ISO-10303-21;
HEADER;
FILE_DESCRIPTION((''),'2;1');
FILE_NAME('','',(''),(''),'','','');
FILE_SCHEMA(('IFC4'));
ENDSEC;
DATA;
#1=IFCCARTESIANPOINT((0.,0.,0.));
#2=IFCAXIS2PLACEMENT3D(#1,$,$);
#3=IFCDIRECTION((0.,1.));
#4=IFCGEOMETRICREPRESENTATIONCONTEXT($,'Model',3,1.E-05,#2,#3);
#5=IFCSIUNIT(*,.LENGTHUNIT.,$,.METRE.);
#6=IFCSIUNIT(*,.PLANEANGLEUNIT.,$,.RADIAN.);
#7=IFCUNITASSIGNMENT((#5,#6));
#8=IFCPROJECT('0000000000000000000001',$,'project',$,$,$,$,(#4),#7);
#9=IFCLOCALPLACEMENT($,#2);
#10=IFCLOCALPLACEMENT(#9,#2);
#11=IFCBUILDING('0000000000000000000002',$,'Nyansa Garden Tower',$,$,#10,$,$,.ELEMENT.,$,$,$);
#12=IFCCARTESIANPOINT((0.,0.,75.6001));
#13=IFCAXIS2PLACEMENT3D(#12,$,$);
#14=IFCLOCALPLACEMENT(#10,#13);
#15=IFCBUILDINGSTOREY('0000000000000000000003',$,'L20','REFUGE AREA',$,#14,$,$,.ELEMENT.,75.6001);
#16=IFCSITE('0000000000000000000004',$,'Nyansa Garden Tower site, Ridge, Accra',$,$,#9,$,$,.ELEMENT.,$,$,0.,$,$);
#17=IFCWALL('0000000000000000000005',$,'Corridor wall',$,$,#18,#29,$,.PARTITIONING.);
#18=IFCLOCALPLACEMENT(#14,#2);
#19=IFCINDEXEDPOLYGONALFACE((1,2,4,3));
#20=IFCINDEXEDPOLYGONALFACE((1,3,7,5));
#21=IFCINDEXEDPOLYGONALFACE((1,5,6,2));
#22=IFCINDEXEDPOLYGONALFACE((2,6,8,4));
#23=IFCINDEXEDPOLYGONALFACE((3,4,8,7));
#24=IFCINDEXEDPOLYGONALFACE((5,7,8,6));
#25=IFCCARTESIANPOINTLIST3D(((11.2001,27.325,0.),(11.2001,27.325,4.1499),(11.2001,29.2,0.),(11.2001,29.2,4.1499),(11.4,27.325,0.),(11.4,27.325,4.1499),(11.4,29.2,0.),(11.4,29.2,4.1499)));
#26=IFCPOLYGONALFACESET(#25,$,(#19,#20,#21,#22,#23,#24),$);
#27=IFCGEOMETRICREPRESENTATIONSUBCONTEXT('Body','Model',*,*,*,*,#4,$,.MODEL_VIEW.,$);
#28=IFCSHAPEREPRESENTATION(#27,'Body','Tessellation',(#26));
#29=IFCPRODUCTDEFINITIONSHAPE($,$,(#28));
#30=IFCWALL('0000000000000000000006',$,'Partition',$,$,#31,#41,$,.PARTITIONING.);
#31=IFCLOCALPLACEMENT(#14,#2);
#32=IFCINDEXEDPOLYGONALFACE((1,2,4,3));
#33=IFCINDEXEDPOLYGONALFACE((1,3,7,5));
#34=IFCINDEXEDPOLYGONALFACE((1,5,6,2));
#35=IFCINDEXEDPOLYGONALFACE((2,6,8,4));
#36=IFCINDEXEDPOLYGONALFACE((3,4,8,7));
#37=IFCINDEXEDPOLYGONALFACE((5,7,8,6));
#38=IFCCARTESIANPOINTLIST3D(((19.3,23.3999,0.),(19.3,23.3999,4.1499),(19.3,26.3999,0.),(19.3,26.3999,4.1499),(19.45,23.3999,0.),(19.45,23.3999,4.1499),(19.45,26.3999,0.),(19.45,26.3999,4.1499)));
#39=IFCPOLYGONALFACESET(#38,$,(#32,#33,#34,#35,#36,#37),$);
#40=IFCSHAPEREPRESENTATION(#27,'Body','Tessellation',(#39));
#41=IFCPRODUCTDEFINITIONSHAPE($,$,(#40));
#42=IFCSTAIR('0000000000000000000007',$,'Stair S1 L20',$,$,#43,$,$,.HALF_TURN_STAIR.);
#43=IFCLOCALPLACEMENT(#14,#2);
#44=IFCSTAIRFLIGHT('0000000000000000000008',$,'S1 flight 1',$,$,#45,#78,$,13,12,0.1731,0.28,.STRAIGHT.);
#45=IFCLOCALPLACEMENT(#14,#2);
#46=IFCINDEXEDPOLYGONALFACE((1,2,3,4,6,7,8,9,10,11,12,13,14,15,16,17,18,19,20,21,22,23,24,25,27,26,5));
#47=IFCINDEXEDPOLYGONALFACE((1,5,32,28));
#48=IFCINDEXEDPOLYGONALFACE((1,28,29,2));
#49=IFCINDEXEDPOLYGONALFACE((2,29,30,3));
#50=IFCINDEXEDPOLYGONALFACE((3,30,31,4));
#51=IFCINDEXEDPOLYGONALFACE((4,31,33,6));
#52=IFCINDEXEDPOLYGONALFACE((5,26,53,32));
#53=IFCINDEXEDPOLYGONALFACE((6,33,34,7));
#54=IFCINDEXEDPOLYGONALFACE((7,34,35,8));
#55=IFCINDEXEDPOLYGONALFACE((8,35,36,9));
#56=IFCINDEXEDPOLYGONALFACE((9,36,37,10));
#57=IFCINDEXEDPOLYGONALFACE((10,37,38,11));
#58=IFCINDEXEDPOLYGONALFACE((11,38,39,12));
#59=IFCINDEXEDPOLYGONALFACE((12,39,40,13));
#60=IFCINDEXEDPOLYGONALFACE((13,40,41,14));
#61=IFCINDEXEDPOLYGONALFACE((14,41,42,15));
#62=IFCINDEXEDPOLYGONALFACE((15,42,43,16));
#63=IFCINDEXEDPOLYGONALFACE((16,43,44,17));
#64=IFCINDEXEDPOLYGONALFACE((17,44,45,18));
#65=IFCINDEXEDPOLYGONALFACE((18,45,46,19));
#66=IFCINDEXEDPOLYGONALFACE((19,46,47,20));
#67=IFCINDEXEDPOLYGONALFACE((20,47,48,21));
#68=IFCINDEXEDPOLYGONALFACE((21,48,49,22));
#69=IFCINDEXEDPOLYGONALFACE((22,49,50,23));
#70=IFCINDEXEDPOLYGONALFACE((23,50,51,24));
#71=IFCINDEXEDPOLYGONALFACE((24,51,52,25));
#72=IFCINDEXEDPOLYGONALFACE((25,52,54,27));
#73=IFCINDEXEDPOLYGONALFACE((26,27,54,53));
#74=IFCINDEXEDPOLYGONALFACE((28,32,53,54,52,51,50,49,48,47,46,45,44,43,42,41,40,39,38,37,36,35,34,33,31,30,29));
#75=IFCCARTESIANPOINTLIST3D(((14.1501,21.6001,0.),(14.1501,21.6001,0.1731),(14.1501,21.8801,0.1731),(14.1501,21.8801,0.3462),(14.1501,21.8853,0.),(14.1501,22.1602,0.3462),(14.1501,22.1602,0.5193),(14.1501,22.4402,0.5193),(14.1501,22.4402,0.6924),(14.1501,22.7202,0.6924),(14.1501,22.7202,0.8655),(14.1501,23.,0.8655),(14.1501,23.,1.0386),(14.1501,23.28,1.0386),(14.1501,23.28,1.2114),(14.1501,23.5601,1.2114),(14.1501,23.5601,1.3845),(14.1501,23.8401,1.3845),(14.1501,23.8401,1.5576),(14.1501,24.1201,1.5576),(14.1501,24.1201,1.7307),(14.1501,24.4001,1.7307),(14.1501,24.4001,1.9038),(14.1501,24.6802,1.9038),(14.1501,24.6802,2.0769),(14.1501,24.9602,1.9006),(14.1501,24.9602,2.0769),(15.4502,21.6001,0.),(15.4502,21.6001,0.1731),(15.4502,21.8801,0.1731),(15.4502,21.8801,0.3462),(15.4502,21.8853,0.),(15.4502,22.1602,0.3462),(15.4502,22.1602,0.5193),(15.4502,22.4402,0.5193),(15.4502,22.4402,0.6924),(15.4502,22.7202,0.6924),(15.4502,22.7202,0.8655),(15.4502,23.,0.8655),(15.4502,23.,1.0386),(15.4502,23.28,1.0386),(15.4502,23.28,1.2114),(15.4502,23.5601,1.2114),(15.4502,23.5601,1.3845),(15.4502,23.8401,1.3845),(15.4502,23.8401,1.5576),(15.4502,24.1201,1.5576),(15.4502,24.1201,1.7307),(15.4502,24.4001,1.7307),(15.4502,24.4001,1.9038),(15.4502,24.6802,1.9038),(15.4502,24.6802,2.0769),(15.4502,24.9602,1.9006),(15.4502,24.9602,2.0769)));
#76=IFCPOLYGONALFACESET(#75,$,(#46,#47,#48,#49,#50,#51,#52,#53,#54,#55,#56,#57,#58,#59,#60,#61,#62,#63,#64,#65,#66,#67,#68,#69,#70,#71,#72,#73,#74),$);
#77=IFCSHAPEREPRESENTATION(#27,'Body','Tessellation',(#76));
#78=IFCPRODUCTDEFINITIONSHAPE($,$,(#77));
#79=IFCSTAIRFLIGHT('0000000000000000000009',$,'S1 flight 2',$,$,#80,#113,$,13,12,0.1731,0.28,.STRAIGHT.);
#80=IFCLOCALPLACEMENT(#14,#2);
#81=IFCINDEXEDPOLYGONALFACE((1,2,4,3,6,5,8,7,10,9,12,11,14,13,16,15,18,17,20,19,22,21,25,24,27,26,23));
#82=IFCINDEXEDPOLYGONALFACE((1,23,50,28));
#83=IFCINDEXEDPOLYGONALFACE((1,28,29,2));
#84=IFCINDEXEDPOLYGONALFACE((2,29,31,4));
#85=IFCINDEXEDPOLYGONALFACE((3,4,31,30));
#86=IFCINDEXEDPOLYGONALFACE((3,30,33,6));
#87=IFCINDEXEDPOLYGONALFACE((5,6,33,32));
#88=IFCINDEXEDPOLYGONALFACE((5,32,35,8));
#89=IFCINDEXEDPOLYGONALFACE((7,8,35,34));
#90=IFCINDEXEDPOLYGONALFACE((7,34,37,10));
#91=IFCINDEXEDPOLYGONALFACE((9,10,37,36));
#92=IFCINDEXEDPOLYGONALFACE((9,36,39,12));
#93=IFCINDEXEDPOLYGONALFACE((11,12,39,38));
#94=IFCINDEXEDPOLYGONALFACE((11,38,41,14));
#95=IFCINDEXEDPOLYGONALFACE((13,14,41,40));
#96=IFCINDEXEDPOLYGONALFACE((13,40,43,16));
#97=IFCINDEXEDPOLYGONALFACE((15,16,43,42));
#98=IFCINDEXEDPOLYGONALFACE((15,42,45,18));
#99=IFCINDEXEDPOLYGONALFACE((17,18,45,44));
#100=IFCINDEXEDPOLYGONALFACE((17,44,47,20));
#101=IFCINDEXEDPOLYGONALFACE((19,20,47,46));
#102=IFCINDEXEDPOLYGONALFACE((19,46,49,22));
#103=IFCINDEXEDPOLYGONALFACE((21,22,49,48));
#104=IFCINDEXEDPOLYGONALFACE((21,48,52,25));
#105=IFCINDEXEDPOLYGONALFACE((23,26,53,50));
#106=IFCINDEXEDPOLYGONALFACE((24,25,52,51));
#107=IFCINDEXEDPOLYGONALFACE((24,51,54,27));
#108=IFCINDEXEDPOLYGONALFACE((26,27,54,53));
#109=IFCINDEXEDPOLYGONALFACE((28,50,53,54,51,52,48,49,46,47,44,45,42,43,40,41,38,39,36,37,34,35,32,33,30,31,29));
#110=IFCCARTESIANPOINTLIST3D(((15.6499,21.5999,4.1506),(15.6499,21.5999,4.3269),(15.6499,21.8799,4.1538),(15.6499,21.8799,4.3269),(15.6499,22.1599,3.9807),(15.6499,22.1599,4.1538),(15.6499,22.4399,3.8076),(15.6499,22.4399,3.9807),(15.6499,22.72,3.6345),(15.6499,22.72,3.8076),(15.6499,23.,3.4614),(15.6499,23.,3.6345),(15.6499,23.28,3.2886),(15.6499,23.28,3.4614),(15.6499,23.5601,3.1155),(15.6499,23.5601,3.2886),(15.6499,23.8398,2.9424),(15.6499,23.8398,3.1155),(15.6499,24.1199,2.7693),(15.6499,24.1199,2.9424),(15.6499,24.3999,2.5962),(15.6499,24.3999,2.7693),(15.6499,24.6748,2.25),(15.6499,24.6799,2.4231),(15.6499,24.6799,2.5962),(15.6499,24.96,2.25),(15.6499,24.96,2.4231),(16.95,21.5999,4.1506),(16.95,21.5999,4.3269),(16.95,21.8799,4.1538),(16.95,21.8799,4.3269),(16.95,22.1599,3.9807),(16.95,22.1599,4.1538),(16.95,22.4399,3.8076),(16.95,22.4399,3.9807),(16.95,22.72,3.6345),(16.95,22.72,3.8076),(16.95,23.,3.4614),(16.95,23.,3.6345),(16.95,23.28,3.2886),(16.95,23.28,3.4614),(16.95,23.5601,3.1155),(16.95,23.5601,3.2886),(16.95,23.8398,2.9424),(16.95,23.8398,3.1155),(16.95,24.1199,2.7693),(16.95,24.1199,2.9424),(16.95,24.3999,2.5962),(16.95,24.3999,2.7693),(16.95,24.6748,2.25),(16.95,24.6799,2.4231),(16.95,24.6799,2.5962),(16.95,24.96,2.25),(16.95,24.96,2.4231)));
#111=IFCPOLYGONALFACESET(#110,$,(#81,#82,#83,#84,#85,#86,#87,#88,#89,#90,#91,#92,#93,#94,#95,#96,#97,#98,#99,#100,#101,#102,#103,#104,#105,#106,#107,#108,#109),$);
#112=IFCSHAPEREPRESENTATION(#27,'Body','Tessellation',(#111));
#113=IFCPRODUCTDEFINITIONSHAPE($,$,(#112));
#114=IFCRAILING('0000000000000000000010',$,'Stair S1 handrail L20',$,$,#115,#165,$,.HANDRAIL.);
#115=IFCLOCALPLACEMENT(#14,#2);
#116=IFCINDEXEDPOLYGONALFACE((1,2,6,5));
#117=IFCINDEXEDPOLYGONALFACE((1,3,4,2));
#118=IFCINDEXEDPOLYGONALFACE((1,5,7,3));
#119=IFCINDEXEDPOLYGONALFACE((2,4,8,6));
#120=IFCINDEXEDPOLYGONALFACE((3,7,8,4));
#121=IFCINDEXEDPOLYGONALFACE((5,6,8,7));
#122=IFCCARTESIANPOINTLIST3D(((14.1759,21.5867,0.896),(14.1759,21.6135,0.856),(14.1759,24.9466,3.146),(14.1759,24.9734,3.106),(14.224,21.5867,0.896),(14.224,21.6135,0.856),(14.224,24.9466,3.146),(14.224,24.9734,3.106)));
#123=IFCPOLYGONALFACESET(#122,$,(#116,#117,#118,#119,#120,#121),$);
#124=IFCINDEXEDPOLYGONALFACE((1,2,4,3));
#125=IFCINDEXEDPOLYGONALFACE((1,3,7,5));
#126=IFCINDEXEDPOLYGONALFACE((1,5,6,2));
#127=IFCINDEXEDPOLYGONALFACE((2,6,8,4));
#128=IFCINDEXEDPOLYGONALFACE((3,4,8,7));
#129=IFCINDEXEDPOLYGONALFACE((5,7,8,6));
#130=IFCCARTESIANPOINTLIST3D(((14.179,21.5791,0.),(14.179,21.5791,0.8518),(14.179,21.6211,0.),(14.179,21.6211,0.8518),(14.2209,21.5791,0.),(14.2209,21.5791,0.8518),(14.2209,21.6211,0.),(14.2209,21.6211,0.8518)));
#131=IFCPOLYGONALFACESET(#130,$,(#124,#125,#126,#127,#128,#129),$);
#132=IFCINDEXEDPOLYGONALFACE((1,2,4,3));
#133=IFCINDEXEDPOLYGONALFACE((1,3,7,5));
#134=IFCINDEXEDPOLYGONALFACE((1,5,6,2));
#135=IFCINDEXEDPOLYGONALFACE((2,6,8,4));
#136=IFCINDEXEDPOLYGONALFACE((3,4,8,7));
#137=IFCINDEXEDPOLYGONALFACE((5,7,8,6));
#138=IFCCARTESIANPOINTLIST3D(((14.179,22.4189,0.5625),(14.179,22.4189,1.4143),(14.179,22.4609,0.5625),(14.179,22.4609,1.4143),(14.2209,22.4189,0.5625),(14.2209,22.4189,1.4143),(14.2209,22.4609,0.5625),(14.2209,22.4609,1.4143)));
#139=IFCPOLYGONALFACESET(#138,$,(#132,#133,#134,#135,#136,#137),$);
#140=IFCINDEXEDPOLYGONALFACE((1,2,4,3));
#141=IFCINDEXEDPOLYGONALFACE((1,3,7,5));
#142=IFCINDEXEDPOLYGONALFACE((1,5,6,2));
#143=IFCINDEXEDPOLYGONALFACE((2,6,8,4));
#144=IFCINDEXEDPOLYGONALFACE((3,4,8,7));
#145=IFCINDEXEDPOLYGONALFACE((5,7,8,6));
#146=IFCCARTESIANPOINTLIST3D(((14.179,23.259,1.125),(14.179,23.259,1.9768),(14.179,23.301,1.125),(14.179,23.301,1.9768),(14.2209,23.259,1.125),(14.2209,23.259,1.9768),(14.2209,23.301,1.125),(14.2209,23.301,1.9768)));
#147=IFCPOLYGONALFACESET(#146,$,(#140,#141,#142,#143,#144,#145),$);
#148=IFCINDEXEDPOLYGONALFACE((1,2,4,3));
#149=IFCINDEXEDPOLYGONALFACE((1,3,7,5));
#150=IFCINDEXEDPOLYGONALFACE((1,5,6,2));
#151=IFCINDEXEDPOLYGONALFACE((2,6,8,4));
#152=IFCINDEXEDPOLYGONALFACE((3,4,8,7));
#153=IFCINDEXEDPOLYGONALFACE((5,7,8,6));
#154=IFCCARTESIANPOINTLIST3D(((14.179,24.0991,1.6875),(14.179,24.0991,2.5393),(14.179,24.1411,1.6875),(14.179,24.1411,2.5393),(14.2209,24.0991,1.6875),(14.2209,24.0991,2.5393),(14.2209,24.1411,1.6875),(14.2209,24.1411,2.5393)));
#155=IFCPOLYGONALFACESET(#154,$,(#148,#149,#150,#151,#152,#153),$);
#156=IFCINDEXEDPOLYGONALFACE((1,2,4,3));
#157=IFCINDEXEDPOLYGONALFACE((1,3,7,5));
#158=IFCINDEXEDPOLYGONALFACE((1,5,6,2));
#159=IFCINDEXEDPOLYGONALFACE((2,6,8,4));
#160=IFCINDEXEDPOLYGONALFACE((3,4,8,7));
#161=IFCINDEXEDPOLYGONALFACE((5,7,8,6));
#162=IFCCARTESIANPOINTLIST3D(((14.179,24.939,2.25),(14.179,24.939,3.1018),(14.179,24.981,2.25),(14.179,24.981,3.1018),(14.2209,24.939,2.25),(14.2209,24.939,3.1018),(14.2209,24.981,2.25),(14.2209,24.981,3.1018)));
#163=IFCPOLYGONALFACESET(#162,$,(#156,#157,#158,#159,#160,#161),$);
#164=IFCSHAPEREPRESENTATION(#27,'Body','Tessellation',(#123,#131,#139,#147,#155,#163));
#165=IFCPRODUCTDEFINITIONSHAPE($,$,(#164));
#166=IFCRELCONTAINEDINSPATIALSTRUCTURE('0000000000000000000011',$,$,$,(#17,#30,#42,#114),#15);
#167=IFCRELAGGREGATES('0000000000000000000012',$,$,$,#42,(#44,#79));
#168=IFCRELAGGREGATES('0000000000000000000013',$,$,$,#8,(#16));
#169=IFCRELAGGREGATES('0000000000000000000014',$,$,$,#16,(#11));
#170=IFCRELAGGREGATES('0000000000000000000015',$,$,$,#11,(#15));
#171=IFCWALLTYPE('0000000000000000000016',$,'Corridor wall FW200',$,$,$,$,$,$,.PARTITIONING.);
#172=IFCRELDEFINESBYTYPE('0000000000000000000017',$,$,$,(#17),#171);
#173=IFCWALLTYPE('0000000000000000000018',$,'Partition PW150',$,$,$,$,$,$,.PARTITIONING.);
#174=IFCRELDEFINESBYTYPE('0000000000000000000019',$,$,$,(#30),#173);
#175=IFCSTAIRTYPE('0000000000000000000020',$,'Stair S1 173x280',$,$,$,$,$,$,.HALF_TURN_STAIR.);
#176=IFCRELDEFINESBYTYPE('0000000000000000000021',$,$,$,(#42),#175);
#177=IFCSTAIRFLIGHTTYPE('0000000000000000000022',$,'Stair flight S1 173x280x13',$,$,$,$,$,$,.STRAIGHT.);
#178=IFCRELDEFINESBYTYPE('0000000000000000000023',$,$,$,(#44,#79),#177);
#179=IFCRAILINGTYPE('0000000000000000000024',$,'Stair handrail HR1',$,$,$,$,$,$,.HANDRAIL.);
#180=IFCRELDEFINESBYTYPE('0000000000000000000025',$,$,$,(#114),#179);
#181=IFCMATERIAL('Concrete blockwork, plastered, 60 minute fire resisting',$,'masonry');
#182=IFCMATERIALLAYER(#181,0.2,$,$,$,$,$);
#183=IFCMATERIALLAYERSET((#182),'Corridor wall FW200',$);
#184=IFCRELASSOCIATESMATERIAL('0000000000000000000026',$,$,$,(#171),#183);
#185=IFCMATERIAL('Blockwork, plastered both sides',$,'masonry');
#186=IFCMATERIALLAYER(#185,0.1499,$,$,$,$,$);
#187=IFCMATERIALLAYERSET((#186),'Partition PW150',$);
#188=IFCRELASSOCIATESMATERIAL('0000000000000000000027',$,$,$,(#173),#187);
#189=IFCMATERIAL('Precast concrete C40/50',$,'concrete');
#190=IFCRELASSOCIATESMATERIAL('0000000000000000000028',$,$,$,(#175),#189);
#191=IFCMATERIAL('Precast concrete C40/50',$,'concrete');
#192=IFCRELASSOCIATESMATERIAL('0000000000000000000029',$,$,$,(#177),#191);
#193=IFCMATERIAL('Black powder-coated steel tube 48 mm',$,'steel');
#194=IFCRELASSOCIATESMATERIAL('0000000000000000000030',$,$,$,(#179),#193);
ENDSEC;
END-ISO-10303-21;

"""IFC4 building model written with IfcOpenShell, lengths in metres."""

from ifc_helpers import new_model, si_unit, direction, frame, frame_2d, origin, origin_2d, place, context, subcontext, project, spatial, polyline, rectangle, outline, extrude, material, layer, layer_set, type_object, element, aggregate, save


model = new_model("IFC4")

# Units and contexts
model_context = context("Model", 3, precision=1e-05, world=origin(), true_north=direction((0.0, 1.0)))
body_context = subcontext(model_context, "Body", "Model", "MODEL_VIEW")
ifc_project = project(units=[si_unit("LENGTHUNIT", "METRE"), si_unit("PLANEANGLEUNIT", "RADIAN")], contexts=[model_context])

# Site, building, storey
site_placement = place(None, origin())
site = spatial("IfcSite", under=ifc_project, at=site_placement, Name="Nyansa Garden Tower site, Ridge, Accra", CompositionType="ELEMENT", RefElevation=0.0)
building_placement = place(site_placement, origin())
building = spatial("IfcBuilding", under=site, at=building_placement, Name="Nyansa Garden Tower", CompositionType="ELEMENT")
storey_placement = place(building_placement, frame((0.0, 0.0, 75.6001)))
storey = spatial("IfcBuildingStorey", under=building, at=storey_placement, Name="L20", Description="REFUGE AREA", CompositionType="ELEMENT", Elevation=75.6001)

# Walls
ifc_material_1 = material(Name="Concrete blockwork, plastered, 60 minute fire resisting", Category="masonry")
ifc_layer_1 = layer(ifc_material_1, 0.2)
ifc_layer_set_1 = layer_set([ifc_layer_1], Name="Corridor wall FW200")
wall_type_1 = type_object("IfcWallType", Name="Corridor wall FW200", PredefinedType="PARTITIONING", material=ifc_layer_set_1)
wall_1_placement = place(storey_placement, frame((11.3, 27.325, 0.0), z_axis=(0.0, 0.0, 1.0), x_axis=(0.0, 1.0, 0.0)))
element("IfcWall", 1, at=wall_1_placement, inside=storey, type_object=wall_type_1, Name="Corridor wall", PredefinedType="PARTITIONING", context=body_context, shape_type="SweptSolid", body=[
    extrude(rectangle(XDim=1.875, YDim=0.2, at=frame_2d((0.9375, 0.0))), origin(), (0.0, 0.0, 1.0), 4.1499),
])
ifc_material_2 = material(Name="Blockwork, plastered both sides", Category="masonry")
ifc_layer_2 = layer(ifc_material_2, 0.1499)
ifc_layer_set_2 = layer_set([ifc_layer_2], Name="Partition PW150")
wall_type_2 = type_object("IfcWallType", Name="Partition PW150", PredefinedType="PARTITIONING", material=ifc_layer_set_2)
wall_2_placement = place(storey_placement, frame((19.375, 23.3999, 0.0), z_axis=(0.0, 0.0, 1.0), x_axis=(0.0, 1.0, 0.0)))
element("IfcWall", 2, at=wall_2_placement, inside=storey, type_object=wall_type_2, Name="Partition", PredefinedType="PARTITIONING", context=body_context, shape_type="SweptSolid", body=[
    extrude(rectangle(XDim=3.0, YDim=0.1499, at=frame_2d((1.5, 0.0))), origin(), (0.0, 0.0, 1.0), 4.1499),
])

# Stair, stair flights
ifc_material_3 = material(Name="Precast concrete C40/50", Category="concrete")
stair_type = type_object("IfcStairType", Name="Stair S1 173x280", PredefinedType="HALF_TURN_STAIR", material=ifc_material_3)
stair_placement = place(storey_placement, origin())
stair = element("IfcStair", 3, at=stair_placement, inside=storey, type_object=stair_type, Name="Stair S1 L20", PredefinedType="HALF_TURN_STAIR")
ifc_material_4 = material(Name="Precast concrete C40/50", Category="concrete")
stair_flight_type = type_object("IfcStairFlightType", Name="Stair flight S1 173x280x13", PredefinedType="STRAIGHT", material=ifc_material_4)
stair_flight_1_placement = place(storey_placement, frame((14.8, 21.6001, 0.0), z_axis=(0.0, 0.0, 1.0), x_axis=(0.0, 1.0, 0.0)))
stair_flight_1 = element("IfcStairFlight", 4, at=stair_flight_1_placement, type_object=stair_flight_type, Name="S1 flight 1", NumberOfRisers=13, NumberOfTreads=12, PredefinedType="STRAIGHT", RiserHeight=0.1731, TreadLength=0.28, context=body_context, shape_type="SweptSolid", body=[
    extrude(outline(polyline([(0.0, 0.0), (0.0, 0.1731), (0.28, 0.1731), (0.28, 0.3462), (0.5601, 0.3462), (0.5601, 0.5193), (0.8401, 0.5193), (0.8401, 0.6924), (1.1201, 0.6924), (1.1201, 0.8655), (1.3999, 0.8655), (1.3999, 1.0386), (1.6799, 1.0386), (1.6799, 1.2114), (1.96, 1.2114), (1.96, 1.3845), (2.24, 1.3845), (2.24, 1.5576), (2.52, 1.5576), (2.52, 1.7307), (2.8, 1.7307), (2.8, 1.9038), (3.0801, 1.9038), (3.0801, 2.0769), (3.3601, 2.0769), (3.3601, 2.25), (3.3601, 1.9006), (0.2852, 0.0), (0.0, 0.0)])), frame((0.0, 0.6499, 0.0), z_axis=(0.0, -1.0, 0.0), x_axis=(1.0, 0.0, 0.0)), (0.0, 0.0, 1.0), 1.3),
])
stair_flight_2_placement = place(storey_placement, frame((16.3, 24.96, 2.25), z_axis=(0.0, 0.0, 1.0), x_axis=(0.0, -1.0, 0.0)))
stair_flight_2 = element("IfcStairFlight", 5, at=stair_flight_2_placement, type_object=stair_flight_type, Name="S1 flight 2", NumberOfRisers=13, NumberOfTreads=12, PredefinedType="STRAIGHT", RiserHeight=0.1731, TreadLength=0.28, context=body_context, shape_type="SweptSolid", body=[
    extrude(outline(polyline([(0.0, 0.0), (0.0, 0.1731), (0.28, 0.1731), (0.28, 0.3462), (0.5601, 0.3462), (0.5601, 0.5193), (0.8401, 0.5193), (0.8401, 0.6924), (1.1201, 0.6924), (1.1201, 0.8655), (1.3999, 0.8655), (1.3999, 1.0386), (1.6799, 1.0386), (1.6799, 1.2114), (1.96, 1.2114), (1.96, 1.3845), (2.24, 1.3845), (2.24, 1.5576), (2.52, 1.5576), (2.52, 1.7307), (2.8, 1.7307), (2.8, 1.9038), (3.0801, 1.9038), (3.0801, 2.0769), (3.3601, 2.0769), (3.3601, 2.25), (3.3601, 1.9006), (0.2852, 0.0), (0.0, 0.0)])), frame((0.0, 0.6499, 0.0), z_axis=(0.0, -1.0, 0.0), x_axis=(1.0, 0.0, 0.0)), (0.0, 0.0, 1.0), 1.3),
])
aggregate(stair, [stair_flight_1, stair_flight_2])

# Railing
ifc_material_5 = material(Name="Black powder-coated steel tube 48 mm", Category="steel")
railing_type = type_object("IfcRailingType", Name="Stair handrail HR1", PredefinedType="HANDRAIL", material=ifc_material_5)
railing_1_placement = place(storey_placement, frame((14.2, 21.6001, 0.0)))
element("IfcRailing", 6, at=railing_1_placement, inside=storey, type_object=railing_type, Name="Stair S1 handrail L20", PredefinedType="HANDRAIL", context=body_context, shape_type="SweptSolid", body=[
    extrude(rectangle(XDim=0.0481, YDim=0.0481, at=origin_2d()), frame((0.0, 0.0, 0.876), z_axis=(0.0, 0.830897, 0.556427), x_axis=(-1.0, 0.0, 0.0)), (0.0, 0.0, 1.0), 4.0437),
    extrude(rectangle(XDim=0.042, YDim=0.042, at=origin_2d()), origin(), (0.0, 0.0, 1.0), 0.8518),
    extrude(rectangle(XDim=0.042, YDim=0.042, at=origin_2d()), frame((0.0, 0.8398, 0.5625)), (0.0, 0.0, 1.0), 0.8518),
    extrude(rectangle(XDim=0.042, YDim=0.042, at=origin_2d()), frame((0.0, 1.6799, 1.125)), (0.0, 0.0, 1.0), 0.8518),
    extrude(rectangle(XDim=0.042, YDim=0.042, at=origin_2d()), frame((0.0, 2.52, 1.6875)), (0.0, 0.0, 1.0), 0.8518),
    extrude(rectangle(XDim=0.042, YDim=0.042, at=origin_2d()), frame((0.0, 3.3599, 2.25)), (0.0, 0.0, 1.0), 0.8518),
])

save(model, "model.ifc")
